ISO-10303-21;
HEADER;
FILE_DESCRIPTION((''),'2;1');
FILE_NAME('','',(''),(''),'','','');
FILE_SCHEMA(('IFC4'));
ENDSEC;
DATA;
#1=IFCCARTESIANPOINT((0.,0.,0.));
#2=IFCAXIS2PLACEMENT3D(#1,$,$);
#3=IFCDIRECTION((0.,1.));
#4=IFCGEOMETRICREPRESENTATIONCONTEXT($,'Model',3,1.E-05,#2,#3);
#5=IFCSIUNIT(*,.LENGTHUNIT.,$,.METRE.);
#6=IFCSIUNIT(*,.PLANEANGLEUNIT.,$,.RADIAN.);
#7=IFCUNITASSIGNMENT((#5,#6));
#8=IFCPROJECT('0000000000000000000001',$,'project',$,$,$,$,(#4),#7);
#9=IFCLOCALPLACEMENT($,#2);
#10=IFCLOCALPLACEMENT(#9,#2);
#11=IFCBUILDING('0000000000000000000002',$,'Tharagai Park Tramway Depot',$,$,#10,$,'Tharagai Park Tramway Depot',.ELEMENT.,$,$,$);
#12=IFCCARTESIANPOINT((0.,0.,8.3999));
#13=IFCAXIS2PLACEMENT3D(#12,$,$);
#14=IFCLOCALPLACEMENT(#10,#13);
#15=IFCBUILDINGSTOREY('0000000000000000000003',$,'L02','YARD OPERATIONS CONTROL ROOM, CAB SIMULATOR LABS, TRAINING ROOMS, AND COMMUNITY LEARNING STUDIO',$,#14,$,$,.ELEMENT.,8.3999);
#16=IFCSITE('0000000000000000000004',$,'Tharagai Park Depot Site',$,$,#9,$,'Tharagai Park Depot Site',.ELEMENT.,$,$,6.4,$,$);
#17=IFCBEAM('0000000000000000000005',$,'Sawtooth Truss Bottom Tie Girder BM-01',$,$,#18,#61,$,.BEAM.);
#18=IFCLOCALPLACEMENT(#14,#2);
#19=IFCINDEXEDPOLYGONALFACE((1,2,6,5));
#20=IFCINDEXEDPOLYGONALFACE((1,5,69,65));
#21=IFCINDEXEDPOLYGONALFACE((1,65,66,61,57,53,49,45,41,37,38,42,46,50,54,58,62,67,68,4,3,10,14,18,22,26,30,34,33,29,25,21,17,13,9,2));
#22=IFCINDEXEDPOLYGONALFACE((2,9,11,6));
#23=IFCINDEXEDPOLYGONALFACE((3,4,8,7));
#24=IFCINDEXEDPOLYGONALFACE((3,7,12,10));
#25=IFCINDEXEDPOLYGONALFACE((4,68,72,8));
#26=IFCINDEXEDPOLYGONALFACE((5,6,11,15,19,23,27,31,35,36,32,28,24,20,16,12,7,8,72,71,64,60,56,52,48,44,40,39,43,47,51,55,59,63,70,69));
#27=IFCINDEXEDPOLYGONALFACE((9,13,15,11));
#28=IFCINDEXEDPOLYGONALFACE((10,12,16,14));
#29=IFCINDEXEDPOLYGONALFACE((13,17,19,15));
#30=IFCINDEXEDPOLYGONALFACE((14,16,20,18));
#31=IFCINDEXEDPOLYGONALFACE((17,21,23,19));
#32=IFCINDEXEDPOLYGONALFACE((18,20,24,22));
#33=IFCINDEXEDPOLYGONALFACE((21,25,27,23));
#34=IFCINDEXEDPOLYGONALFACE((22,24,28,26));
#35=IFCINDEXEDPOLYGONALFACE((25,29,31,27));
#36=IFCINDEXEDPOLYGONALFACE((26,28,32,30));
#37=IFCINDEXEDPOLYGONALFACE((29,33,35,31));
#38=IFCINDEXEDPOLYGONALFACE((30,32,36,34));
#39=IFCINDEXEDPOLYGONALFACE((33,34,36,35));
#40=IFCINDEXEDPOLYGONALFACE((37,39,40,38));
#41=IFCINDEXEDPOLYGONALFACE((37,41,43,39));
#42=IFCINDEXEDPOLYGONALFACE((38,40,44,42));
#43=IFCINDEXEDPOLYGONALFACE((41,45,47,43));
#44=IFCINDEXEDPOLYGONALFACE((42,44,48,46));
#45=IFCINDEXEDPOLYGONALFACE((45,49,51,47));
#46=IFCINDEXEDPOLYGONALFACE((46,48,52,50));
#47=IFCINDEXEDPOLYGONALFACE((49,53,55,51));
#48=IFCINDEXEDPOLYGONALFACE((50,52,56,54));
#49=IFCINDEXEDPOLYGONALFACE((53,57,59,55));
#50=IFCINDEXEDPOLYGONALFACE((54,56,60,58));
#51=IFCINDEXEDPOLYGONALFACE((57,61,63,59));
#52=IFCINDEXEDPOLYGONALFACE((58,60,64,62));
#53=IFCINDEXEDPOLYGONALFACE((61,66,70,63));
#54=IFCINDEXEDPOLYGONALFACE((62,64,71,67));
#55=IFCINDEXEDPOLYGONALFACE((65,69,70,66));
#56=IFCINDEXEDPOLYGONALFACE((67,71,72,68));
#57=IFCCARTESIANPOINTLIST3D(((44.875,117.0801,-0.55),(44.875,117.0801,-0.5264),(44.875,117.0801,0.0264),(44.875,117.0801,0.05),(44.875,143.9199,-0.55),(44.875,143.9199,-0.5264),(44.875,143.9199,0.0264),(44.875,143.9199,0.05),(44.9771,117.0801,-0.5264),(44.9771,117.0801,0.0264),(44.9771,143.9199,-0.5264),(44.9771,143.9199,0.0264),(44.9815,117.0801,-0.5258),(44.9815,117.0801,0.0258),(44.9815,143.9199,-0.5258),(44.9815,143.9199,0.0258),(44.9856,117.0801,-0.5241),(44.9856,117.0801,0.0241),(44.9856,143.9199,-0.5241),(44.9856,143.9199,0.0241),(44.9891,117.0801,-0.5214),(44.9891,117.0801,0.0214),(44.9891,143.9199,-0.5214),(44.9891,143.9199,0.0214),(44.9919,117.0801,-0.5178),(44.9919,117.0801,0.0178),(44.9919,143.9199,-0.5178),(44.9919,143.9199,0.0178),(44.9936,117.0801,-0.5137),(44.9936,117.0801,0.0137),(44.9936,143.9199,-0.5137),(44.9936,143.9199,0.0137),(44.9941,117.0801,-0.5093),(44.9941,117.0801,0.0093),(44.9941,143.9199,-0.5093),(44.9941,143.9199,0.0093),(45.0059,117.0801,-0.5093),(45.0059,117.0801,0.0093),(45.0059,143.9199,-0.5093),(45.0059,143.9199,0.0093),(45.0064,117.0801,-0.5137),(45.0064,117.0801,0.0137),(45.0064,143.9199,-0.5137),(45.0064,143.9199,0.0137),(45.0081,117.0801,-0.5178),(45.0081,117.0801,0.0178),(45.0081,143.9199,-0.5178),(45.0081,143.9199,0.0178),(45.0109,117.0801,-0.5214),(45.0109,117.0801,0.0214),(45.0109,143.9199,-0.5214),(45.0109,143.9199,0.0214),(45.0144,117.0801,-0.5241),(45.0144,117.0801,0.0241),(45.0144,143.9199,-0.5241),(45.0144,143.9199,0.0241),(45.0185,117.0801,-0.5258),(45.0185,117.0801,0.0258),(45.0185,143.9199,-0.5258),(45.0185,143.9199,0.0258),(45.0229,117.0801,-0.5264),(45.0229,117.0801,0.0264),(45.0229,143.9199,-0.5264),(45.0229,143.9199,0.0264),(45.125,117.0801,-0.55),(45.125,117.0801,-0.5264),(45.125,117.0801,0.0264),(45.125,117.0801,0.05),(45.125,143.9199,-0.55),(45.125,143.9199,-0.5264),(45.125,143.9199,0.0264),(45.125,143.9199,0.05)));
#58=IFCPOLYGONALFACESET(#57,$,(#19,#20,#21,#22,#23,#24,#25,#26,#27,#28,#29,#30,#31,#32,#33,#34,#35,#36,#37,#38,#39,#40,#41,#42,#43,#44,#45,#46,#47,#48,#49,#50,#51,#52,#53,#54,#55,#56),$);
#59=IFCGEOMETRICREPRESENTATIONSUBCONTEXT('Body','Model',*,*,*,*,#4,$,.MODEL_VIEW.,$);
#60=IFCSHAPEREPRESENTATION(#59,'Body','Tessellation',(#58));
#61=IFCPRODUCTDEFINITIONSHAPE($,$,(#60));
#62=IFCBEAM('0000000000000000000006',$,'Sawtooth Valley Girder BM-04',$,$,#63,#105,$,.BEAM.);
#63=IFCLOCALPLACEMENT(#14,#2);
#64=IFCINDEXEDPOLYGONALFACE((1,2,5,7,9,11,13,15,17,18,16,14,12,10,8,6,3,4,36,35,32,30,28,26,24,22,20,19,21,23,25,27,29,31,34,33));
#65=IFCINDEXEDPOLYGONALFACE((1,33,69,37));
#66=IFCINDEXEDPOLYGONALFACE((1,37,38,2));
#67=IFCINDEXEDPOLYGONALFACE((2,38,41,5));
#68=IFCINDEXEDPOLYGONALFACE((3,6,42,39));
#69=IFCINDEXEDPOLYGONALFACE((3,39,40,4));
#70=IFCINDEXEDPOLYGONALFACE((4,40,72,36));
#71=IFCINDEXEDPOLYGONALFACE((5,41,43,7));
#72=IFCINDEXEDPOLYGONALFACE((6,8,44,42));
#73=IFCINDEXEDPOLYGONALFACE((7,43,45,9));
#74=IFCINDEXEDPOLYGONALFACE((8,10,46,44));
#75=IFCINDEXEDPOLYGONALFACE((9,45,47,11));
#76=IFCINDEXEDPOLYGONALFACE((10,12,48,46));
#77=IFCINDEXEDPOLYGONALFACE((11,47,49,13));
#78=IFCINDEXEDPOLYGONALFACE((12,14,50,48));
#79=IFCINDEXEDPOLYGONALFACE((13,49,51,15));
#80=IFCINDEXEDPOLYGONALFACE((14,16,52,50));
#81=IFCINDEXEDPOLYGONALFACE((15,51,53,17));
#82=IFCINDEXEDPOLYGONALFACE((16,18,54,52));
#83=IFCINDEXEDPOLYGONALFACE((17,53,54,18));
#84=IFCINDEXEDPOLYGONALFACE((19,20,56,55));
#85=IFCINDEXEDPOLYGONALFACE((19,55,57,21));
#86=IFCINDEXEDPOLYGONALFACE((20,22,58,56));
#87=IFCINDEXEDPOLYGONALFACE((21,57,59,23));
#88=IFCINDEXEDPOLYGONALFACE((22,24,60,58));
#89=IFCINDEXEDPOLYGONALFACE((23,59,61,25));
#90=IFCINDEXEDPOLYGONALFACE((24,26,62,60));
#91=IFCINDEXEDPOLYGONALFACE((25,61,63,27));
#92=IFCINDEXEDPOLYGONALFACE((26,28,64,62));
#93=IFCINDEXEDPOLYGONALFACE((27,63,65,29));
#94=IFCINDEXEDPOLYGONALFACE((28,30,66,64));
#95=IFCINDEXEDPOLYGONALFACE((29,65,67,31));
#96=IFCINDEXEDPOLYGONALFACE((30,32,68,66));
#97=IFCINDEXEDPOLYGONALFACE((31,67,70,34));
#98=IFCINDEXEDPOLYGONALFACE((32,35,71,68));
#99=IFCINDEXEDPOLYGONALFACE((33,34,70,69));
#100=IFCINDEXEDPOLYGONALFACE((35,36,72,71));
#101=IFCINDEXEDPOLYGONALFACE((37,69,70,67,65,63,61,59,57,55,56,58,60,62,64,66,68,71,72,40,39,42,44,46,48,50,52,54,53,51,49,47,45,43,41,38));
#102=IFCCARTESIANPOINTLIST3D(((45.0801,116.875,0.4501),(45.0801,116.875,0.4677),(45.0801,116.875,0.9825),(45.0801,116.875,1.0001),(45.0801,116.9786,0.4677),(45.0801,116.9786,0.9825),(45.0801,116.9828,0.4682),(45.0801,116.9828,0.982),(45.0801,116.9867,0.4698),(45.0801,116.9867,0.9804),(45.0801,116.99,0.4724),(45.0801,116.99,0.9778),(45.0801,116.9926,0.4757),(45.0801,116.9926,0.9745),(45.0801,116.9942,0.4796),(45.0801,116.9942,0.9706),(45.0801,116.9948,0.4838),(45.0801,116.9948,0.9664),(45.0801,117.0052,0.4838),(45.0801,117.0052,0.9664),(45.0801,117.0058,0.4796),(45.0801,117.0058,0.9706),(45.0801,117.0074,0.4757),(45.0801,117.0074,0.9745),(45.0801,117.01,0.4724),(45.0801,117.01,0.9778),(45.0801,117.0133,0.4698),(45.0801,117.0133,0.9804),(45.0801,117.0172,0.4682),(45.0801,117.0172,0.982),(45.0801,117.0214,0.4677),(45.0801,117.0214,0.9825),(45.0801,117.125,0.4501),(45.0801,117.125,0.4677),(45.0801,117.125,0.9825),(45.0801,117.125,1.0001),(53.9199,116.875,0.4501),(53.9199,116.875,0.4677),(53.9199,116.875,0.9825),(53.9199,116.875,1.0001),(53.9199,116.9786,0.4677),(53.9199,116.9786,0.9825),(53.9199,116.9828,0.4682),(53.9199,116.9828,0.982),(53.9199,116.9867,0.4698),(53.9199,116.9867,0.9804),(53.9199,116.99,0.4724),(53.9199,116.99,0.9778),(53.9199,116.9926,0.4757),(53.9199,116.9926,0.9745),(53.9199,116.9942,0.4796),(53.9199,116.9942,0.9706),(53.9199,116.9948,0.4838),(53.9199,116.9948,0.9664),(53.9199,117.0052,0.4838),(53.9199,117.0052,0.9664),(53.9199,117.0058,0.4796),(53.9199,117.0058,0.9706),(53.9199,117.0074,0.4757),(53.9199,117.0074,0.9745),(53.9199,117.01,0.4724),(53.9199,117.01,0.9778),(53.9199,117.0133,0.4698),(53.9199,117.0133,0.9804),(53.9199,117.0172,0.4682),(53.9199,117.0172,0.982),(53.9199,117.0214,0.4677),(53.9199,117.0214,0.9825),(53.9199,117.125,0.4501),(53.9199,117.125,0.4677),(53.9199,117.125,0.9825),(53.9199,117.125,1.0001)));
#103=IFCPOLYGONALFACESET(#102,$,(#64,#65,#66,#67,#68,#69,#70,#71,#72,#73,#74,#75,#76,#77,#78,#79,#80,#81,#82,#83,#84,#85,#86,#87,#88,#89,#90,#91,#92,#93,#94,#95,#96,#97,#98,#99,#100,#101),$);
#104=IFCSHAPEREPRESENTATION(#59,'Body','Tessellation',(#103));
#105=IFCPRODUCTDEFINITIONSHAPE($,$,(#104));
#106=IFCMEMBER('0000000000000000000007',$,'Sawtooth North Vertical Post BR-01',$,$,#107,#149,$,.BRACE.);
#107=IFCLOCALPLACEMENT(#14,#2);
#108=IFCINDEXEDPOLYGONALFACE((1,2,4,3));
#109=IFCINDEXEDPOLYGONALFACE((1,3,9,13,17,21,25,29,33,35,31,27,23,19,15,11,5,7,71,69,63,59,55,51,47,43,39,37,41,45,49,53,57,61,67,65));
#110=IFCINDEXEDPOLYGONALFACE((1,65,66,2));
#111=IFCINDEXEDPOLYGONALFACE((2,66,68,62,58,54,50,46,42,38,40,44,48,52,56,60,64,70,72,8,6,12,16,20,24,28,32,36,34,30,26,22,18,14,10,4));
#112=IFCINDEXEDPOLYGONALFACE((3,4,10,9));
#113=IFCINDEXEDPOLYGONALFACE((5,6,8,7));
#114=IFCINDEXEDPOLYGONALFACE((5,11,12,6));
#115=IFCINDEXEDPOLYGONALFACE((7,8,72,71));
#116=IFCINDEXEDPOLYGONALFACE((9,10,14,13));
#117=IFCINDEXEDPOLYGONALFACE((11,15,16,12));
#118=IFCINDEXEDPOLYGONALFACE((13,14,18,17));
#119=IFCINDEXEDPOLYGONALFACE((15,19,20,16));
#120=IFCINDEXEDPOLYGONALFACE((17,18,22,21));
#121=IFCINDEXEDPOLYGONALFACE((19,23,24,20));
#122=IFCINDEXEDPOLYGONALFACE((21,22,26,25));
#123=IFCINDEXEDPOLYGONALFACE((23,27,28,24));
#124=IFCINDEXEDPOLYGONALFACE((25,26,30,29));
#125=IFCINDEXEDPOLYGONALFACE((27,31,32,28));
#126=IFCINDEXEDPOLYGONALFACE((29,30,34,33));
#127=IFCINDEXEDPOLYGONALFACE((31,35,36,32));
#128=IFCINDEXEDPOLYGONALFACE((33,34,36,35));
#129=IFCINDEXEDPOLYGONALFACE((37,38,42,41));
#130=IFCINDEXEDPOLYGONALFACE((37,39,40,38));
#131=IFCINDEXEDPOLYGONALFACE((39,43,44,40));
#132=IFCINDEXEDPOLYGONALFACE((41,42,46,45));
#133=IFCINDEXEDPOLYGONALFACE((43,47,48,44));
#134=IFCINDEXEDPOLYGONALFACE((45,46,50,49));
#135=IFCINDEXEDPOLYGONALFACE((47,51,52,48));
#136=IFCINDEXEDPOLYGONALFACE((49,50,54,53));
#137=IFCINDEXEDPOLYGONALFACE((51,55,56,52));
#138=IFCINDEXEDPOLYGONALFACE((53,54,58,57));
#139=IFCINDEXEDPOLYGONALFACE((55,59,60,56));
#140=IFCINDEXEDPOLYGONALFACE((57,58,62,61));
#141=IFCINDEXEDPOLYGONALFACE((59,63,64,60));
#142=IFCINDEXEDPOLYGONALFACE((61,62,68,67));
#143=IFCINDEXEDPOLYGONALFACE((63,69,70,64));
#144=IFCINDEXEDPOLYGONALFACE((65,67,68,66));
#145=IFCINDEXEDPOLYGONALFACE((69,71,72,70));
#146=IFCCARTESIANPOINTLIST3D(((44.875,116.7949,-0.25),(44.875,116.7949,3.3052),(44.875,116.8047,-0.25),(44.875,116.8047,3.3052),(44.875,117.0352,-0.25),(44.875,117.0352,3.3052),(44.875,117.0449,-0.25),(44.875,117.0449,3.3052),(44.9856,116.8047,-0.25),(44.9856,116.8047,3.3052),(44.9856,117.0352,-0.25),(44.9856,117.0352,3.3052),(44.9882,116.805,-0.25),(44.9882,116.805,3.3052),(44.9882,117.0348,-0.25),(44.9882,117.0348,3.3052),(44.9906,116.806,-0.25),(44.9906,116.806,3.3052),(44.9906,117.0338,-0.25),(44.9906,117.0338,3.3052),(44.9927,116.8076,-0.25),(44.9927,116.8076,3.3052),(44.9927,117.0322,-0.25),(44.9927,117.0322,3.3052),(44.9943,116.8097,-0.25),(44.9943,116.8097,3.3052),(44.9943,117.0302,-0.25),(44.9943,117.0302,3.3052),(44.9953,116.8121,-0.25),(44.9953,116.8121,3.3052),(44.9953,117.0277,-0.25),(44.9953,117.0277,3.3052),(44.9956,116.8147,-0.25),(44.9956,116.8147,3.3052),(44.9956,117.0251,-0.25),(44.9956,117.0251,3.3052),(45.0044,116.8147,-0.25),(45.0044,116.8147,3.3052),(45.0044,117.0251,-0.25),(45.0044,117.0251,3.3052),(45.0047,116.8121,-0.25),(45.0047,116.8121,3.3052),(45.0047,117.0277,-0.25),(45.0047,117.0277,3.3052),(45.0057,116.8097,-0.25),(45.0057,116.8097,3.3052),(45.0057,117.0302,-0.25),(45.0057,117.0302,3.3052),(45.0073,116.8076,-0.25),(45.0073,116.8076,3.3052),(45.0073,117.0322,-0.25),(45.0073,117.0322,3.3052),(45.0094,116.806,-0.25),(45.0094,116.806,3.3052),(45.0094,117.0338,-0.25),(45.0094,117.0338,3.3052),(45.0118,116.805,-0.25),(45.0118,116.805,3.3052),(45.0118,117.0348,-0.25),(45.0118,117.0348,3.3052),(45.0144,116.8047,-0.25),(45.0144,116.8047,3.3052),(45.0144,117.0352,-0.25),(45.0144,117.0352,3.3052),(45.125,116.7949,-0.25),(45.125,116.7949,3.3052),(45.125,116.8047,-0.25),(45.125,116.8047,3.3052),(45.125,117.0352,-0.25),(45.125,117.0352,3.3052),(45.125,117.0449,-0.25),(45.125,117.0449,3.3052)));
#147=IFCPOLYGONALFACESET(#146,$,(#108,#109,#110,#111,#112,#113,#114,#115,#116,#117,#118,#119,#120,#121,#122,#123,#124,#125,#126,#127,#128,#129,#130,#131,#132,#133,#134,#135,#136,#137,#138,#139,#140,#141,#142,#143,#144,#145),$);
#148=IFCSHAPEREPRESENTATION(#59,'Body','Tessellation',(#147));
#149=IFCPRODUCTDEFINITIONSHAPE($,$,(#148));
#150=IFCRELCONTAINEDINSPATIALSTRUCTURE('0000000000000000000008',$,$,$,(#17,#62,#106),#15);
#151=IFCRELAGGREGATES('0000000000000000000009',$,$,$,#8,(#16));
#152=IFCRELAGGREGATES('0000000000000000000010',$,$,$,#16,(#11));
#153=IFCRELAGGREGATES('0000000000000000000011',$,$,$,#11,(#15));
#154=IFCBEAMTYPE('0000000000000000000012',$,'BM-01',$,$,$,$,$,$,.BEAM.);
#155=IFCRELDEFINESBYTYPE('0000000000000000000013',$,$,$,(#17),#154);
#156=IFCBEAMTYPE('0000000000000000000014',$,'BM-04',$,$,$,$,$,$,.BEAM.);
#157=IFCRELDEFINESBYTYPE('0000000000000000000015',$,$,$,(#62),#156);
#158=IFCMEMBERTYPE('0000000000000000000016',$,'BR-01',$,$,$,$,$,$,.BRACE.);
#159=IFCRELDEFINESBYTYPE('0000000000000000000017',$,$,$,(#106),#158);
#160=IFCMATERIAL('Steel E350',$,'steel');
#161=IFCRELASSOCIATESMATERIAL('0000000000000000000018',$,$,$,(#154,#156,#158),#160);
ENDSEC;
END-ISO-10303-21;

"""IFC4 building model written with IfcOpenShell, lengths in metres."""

from ifc_helpers import new_model, si_unit, direction, frame, origin, origin_2d, place, context, subcontext, project, spatial, i_section, extrude, material, material_profile, profile_set, type_object, element, save


model = new_model("IFC4")

# Units and contexts
model_context = context("Model", 3, precision=1e-05, world=origin(), true_north=direction((0.0, 1.0)))
body_context = subcontext(model_context, "Body", "Model", "MODEL_VIEW")
ifc_project = project(units=[si_unit("LENGTHUNIT", "METRE"), si_unit("PLANEANGLEUNIT", "RADIAN")], contexts=[model_context])

# Site, building, storey
site_placement = place(None, origin())
site = spatial("IfcSite", under=ifc_project, at=site_placement, Name="Tharagai Park Depot Site", LongName="Tharagai Park Depot Site", CompositionType="ELEMENT", RefElevation=6.4)
building_placement = place(site_placement, origin())
building = spatial("IfcBuilding", under=site, at=building_placement, Name="Tharagai Park Tramway Depot", LongName="Tharagai Park Tramway Depot", CompositionType="ELEMENT")
storey_placement = place(building_placement, frame((0.0, 0.0, 8.3999)))
storey = spatial("IfcBuildingStorey", under=building, at=storey_placement, Name="L02", Description="YARD OPERATIONS CONTROL ROOM, CAB SIMULATOR LABS, TRAINING ROOMS, AND COMMUNITY LEARNING STUDIO", CompositionType="ELEMENT", Elevation=8.3999)

# Beams
ifc_material_1 = material(Name="Steel E350", Category="steel")
ifc_material_profile_1 = material_profile(ifc_material_1, i_section(OverallWidth=0.25, OverallDepth=0.6001, WebThickness=0.0117, FlangeThickness=0.0237, FilletRadius=0.0171, at=origin_2d()), Name="ISWB 600")
ifc_profile_set_1 = profile_set([ifc_material_profile_1], Name="Steel E350")
beam_type_1 = type_object("IfcBeamType", Name="BM-01", PredefinedType="BEAM", material=ifc_profile_set_1)
beam_1_placement = place(storey_placement, frame((45.0, 117.0801, -0.25), z_axis=(0.0, 1.0, 0.0), x_axis=(-1.0, 0.0, 0.0)))
element("IfcBeam", 1, at=beam_1_placement, inside=storey, type_object=beam_type_1, Name="Sawtooth Truss Bottom Tie Girder BM-01", PredefinedType="BEAM", context=body_context, shape_type="SweptSolid", body=[
    extrude(i_section(OverallWidth=0.25, OverallDepth=0.6001, WebThickness=0.0117, FlangeThickness=0.0237, FilletRadius=0.0171, at=origin_2d()), origin(), (0.0, 0.0, 1.0), 26.8398),
])
ifc_material_profile_2 = material_profile(ifc_material_1, i_section(OverallWidth=0.25, OverallDepth=0.55, WebThickness=0.0105, FlangeThickness=0.0176, FilletRadius=0.0161, at=origin_2d()), Name="ISWB 550")
ifc_profile_set_2 = profile_set([ifc_material_profile_2], Name="Steel E350")
beam_type_2 = type_object("IfcBeamType", Name="BM-04", PredefinedType="BEAM", material=ifc_profile_set_2)
beam_2_placement = place(storey_placement, frame((45.0801, 117.0, 0.7251), z_axis=(1.0, 0.0, 0.0), x_axis=(0.0, 1.0, 0.0)))
element("IfcBeam", 2, at=beam_2_placement, inside=storey, type_object=beam_type_2, Name="Sawtooth Valley Girder BM-04", PredefinedType="BEAM", context=body_context, shape_type="SweptSolid", body=[
    extrude(i_section(OverallWidth=0.25, OverallDepth=0.55, WebThickness=0.0105, FlangeThickness=0.0176, FilletRadius=0.0161, at=origin_2d()), origin(), (0.0, 0.0, 1.0), 8.8398),
])

# Member
ifc_material_profile_3 = material_profile(ifc_material_1, i_section(OverallWidth=0.25, OverallDepth=0.25, WebThickness=0.0088, FlangeThickness=0.0098, FilletRadius=0.01, at=origin_2d()), Name="ISHB 250")
ifc_profile_set_3 = profile_set([ifc_material_profile_3], Name="Steel E350")
member_type_1 = type_object("IfcMemberType", Name="BR-01", PredefinedType="BRACE", material=ifc_profile_set_3)
member_1_placement = place(storey_placement, frame((45.0, 116.9199, -0.25), z_axis=(0.0, 0.0, 1.0), x_axis=(1.0, 0.0, 0.0)))
element("IfcMember", 3, at=member_1_placement, inside=storey, type_object=member_type_1, Name="Sawtooth North Vertical Post BR-01", PredefinedType="BRACE", context=body_context, shape_type="SweptSolid", body=[
    extrude(i_section(OverallWidth=0.25, OverallDepth=0.25, WebThickness=0.0088, FlangeThickness=0.0098, FilletRadius=0.01, at=origin_2d()), origin(), (0.0, 0.0, 1.0), 3.5552),
])

save(model, "model.ifc")
